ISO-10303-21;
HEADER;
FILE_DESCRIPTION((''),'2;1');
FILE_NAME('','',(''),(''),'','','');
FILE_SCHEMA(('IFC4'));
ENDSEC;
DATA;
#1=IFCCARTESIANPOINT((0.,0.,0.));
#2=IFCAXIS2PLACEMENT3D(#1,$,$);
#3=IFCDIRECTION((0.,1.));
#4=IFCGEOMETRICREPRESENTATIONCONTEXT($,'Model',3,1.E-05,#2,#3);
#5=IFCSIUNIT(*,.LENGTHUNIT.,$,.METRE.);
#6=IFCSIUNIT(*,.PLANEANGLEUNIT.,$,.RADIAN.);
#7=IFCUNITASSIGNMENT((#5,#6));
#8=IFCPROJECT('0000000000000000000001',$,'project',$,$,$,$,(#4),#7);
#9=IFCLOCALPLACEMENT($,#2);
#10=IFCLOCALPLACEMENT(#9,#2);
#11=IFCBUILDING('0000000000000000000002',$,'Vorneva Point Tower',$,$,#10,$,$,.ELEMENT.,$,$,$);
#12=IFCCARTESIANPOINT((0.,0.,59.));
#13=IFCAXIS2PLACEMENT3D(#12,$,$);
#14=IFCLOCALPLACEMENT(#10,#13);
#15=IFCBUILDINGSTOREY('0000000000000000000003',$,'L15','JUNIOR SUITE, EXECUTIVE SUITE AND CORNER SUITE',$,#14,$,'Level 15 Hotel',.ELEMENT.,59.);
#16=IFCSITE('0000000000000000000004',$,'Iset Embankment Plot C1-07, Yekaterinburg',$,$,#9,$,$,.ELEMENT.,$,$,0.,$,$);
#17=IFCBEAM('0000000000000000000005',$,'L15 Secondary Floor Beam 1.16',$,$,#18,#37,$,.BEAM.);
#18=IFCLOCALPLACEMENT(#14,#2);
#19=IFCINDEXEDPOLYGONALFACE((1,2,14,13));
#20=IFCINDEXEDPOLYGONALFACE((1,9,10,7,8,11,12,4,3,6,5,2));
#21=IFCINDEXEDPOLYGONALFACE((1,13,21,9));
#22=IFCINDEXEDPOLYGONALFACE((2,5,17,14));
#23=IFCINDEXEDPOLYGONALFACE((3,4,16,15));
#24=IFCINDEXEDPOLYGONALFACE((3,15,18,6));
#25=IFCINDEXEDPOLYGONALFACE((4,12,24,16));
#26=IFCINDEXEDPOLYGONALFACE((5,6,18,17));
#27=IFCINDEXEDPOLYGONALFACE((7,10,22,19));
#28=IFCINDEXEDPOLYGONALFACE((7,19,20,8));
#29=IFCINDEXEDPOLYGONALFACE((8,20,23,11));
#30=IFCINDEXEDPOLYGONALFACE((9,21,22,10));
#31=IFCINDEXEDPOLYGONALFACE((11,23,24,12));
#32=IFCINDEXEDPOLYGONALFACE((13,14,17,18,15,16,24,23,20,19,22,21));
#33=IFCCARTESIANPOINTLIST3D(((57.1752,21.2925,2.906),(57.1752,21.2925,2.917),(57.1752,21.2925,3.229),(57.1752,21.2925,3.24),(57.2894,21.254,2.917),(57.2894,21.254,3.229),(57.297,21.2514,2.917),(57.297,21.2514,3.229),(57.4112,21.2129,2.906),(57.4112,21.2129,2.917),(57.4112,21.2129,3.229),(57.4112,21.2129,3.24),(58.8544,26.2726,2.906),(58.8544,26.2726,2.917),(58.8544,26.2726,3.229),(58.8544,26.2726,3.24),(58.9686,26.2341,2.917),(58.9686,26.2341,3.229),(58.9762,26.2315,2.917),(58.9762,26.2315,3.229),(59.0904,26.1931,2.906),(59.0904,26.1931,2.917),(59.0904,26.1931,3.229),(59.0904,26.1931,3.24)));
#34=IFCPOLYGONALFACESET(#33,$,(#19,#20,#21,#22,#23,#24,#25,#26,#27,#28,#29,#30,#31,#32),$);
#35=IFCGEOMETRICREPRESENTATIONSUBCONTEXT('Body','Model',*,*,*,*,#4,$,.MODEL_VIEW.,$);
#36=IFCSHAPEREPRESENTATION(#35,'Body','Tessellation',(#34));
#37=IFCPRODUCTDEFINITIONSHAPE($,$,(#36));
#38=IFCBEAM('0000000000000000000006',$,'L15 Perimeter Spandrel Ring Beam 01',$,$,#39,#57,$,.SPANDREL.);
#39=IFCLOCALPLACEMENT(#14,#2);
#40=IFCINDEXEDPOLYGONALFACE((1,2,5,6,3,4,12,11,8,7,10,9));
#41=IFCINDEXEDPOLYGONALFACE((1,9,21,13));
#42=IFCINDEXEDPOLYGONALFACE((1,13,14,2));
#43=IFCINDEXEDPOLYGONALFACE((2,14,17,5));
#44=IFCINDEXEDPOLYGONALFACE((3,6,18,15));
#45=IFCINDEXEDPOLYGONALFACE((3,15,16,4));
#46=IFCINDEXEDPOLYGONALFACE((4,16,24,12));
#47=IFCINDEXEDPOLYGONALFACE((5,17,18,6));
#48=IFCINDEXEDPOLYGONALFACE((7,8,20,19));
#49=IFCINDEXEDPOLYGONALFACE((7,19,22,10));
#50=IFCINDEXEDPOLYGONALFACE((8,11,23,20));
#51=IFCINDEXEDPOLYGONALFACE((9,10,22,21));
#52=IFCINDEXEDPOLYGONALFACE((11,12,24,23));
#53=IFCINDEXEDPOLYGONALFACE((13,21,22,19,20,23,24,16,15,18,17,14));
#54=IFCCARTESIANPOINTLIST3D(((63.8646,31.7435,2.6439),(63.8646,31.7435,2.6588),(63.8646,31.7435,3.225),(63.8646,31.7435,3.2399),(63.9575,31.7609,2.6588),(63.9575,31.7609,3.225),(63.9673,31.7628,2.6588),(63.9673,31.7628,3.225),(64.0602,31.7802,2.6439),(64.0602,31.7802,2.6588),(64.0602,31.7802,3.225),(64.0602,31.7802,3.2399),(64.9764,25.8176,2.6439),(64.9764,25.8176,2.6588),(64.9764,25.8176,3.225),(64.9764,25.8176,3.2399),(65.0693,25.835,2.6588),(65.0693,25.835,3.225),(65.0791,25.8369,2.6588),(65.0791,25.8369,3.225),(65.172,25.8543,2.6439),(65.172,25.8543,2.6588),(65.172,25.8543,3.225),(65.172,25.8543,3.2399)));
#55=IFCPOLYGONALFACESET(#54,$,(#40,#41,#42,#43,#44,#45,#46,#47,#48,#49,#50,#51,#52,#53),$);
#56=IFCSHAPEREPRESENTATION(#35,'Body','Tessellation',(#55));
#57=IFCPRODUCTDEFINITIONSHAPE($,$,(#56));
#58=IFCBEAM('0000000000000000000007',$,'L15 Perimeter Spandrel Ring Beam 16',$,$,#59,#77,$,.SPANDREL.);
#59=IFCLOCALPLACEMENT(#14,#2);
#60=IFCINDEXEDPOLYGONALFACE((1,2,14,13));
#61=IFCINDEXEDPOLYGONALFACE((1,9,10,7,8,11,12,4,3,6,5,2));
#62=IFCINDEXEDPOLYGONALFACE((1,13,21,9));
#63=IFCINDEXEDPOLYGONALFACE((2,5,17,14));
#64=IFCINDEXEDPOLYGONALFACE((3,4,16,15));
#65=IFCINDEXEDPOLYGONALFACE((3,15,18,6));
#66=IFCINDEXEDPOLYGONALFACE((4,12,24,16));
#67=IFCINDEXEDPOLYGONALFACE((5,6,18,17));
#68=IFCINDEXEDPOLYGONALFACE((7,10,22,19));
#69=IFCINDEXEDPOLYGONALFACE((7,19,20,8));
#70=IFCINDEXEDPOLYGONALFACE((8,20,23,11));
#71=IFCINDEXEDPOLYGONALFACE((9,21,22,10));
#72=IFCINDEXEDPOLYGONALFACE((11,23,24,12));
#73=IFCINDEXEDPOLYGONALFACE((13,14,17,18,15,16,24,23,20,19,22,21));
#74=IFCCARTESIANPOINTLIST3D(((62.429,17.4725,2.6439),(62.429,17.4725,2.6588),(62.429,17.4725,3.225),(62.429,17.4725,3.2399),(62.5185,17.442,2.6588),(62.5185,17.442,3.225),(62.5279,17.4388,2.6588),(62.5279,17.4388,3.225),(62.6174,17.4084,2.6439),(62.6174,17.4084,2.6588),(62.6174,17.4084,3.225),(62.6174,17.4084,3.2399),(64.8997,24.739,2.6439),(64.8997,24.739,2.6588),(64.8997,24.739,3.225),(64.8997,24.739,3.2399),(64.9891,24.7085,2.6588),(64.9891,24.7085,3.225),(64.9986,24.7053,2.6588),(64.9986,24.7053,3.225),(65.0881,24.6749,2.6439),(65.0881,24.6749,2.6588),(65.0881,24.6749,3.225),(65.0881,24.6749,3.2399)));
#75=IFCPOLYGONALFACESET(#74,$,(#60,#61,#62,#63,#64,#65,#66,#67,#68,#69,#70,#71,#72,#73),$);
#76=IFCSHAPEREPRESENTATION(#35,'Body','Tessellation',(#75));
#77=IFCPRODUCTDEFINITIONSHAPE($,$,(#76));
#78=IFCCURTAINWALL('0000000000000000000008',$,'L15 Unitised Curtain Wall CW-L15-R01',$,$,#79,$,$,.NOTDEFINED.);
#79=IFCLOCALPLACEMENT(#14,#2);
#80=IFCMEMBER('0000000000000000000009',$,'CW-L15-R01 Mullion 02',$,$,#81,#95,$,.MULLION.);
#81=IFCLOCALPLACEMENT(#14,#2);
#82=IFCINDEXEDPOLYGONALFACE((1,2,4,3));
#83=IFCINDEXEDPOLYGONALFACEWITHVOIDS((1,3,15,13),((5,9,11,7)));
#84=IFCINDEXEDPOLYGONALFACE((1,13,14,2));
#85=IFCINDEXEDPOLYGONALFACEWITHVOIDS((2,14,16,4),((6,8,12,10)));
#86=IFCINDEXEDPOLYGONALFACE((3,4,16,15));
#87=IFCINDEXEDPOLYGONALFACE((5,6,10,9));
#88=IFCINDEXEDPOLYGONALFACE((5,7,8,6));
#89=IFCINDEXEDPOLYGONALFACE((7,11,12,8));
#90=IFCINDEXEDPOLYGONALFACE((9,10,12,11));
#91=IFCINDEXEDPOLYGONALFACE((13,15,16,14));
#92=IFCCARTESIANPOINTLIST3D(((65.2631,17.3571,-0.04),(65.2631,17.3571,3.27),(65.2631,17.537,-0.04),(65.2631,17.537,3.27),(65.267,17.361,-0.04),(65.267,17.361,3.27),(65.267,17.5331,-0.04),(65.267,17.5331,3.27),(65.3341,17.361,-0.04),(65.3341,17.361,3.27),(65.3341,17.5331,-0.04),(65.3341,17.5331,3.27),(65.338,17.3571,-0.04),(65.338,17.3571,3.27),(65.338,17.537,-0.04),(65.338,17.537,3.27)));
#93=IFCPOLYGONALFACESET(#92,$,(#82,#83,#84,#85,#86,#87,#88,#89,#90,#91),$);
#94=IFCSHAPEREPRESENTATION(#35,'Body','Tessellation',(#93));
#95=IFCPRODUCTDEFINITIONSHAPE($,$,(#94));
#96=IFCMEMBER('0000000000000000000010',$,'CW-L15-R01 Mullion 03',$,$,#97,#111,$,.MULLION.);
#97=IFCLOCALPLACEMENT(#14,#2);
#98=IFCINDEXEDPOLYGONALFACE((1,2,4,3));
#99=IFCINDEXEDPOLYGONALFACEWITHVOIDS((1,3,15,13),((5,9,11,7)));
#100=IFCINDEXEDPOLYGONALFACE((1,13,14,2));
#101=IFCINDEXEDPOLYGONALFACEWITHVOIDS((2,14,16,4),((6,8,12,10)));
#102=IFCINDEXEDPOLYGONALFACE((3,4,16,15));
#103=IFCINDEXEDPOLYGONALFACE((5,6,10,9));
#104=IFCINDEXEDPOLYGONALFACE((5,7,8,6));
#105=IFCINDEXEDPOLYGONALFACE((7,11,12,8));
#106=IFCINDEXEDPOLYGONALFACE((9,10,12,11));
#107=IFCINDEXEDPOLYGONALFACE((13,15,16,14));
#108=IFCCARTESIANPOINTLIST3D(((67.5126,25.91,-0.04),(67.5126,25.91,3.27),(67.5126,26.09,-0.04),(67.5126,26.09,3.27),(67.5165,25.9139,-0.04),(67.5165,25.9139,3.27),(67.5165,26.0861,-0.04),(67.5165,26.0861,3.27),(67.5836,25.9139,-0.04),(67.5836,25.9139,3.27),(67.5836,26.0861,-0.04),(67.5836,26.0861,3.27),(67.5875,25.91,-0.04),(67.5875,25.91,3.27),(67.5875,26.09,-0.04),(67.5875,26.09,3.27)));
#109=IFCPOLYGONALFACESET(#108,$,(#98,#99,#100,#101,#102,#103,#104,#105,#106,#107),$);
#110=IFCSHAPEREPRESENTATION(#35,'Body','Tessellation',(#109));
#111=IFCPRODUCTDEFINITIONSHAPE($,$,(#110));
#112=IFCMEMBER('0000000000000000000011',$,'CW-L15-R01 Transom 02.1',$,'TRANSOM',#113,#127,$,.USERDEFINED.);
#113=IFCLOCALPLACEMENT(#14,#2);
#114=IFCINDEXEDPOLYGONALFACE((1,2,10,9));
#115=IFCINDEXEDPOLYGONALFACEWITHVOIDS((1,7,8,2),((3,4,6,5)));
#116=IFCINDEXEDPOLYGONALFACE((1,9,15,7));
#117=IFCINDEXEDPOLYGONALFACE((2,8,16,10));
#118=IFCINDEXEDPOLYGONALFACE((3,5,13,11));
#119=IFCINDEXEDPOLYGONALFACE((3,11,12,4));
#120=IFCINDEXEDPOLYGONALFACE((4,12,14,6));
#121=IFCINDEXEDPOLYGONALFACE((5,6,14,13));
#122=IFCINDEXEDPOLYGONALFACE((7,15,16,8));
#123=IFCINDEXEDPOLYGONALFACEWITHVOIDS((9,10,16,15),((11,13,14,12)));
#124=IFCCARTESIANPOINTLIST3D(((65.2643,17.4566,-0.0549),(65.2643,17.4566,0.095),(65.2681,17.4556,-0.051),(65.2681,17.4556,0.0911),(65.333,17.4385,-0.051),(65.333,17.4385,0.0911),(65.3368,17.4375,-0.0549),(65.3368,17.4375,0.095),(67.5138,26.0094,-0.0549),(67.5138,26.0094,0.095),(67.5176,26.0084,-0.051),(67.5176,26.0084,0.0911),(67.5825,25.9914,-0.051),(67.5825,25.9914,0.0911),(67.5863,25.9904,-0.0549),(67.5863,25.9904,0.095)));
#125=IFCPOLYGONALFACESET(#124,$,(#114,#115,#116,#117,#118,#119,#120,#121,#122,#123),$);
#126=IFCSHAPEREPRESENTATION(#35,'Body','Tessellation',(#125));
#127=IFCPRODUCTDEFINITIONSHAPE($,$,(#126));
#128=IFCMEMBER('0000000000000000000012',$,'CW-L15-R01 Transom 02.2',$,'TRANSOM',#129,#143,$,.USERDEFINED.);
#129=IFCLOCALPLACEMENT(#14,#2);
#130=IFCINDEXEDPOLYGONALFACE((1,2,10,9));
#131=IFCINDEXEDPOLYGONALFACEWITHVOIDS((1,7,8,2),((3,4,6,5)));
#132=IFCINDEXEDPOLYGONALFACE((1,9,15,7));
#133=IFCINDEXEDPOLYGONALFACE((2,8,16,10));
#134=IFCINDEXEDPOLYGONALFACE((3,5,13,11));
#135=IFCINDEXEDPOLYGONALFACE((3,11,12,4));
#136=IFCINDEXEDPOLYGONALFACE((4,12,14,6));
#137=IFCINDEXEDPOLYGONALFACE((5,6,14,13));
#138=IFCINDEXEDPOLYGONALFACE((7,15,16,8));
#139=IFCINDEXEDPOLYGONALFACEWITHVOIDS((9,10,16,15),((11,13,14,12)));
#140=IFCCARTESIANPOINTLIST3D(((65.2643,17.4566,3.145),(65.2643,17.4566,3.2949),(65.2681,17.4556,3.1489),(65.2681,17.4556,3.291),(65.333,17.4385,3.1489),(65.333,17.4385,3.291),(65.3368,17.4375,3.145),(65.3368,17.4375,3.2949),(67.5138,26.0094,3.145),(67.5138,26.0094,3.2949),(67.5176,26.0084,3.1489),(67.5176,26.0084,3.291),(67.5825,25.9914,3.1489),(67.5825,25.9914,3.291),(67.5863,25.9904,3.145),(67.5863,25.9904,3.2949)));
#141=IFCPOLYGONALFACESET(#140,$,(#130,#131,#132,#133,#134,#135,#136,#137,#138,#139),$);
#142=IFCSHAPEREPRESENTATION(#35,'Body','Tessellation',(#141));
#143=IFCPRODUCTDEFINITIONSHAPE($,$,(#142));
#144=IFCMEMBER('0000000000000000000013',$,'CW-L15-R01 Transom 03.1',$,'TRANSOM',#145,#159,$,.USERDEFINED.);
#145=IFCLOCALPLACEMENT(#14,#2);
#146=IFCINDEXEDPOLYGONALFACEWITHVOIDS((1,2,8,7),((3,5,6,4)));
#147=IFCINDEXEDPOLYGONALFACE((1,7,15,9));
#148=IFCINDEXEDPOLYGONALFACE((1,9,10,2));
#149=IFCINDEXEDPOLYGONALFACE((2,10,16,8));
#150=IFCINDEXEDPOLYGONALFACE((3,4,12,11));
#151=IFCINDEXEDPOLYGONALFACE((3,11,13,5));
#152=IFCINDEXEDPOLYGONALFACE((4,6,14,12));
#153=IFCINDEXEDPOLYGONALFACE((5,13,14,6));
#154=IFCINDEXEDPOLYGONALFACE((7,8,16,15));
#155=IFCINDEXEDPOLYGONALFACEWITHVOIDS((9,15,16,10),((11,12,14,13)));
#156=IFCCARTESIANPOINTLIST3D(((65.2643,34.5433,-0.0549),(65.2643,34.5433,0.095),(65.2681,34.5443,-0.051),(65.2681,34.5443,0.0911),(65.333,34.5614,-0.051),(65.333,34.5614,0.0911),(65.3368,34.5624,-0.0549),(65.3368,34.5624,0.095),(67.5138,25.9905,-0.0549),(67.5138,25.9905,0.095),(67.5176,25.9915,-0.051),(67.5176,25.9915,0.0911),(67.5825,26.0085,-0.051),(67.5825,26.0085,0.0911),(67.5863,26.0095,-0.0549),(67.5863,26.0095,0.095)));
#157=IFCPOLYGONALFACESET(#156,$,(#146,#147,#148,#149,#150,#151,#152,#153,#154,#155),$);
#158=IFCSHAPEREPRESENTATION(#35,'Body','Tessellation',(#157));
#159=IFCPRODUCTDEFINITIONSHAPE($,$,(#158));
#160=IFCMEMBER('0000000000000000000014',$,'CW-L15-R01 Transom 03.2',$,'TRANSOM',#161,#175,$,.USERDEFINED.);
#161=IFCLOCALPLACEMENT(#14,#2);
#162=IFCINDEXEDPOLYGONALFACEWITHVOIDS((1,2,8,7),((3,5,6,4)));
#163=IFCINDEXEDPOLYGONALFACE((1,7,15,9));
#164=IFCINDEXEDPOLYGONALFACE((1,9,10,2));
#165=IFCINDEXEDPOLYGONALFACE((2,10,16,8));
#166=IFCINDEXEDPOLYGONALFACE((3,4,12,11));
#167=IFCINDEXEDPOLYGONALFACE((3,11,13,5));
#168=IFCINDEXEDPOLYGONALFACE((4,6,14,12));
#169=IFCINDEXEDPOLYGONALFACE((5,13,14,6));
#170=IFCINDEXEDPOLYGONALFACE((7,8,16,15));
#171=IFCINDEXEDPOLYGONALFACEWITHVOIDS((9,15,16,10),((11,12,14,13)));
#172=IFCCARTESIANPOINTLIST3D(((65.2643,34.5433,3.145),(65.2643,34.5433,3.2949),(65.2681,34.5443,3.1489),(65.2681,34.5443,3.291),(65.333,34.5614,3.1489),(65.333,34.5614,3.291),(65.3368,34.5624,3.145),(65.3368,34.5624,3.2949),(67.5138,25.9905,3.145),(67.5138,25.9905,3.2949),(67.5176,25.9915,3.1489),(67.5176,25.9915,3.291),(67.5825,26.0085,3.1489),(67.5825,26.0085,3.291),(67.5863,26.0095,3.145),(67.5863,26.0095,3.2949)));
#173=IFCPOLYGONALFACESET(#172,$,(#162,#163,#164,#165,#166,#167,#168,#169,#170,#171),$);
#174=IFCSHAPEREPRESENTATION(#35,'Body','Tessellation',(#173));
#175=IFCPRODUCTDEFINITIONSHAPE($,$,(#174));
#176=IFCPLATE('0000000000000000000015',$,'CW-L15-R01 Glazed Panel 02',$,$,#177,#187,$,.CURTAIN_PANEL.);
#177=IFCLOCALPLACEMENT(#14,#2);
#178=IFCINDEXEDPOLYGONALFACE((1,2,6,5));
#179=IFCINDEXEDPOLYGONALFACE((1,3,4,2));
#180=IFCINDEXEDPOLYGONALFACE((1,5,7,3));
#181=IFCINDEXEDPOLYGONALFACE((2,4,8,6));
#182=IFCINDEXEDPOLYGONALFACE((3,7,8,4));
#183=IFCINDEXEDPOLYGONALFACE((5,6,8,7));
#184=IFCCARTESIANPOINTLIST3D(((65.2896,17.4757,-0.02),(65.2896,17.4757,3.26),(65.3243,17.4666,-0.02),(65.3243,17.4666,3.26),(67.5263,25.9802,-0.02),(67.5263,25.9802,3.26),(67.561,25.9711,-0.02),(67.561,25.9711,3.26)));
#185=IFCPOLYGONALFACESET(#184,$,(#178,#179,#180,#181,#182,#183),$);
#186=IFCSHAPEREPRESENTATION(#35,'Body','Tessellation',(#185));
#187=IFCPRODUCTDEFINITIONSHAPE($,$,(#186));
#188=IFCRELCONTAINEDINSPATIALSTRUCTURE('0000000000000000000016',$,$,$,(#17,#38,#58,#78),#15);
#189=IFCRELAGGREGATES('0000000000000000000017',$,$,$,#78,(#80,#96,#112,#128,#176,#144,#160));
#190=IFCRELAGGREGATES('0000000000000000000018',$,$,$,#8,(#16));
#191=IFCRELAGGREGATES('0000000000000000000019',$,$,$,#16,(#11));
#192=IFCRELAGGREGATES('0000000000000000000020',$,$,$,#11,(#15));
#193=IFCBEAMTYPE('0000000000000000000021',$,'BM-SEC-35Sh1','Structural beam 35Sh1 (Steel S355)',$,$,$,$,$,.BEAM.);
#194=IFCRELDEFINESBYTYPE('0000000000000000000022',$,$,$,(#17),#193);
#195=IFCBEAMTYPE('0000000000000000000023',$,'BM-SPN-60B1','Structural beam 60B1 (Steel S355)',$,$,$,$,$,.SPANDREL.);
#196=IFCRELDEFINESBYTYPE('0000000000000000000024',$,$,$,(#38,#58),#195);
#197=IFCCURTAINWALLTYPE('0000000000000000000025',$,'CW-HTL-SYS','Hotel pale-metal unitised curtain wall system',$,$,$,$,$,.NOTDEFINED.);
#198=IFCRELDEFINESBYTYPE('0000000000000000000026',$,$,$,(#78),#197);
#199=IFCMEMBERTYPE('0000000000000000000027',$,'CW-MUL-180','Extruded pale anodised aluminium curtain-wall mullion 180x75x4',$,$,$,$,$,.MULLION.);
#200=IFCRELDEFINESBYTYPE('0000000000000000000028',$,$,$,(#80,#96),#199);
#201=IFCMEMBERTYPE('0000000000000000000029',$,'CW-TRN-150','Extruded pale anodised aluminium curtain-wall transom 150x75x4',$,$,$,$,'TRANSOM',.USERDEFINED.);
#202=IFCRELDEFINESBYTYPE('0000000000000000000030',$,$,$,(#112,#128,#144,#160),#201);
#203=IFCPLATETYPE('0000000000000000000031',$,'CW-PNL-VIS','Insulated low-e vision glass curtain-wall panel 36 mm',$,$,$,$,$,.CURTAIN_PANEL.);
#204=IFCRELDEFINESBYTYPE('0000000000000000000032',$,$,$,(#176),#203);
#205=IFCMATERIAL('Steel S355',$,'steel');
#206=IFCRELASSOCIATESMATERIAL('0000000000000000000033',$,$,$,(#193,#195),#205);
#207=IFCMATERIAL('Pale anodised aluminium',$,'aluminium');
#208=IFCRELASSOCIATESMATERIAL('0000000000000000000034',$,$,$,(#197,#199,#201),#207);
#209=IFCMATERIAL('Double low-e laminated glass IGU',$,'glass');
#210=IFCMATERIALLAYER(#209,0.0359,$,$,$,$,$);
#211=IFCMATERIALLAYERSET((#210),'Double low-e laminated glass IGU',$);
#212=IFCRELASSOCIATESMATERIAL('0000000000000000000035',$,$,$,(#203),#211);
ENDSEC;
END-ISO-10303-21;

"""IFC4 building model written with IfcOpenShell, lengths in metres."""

from ifc_helpers import new_model, si_unit, direction, frame, origin, origin_2d, place, context, subcontext, project, spatial, rectangle, hollow_rectangle, i_section, extrude, material, layer, layer_set, material_profile, profile_set, type_object, element, aggregate, save


model = new_model("IFC4")

# Units and contexts
model_context = context("Model", 3, precision=1e-05, world=origin(), true_north=direction((0.0, 1.0)))
body_context = subcontext(model_context, "Body", "Model", "MODEL_VIEW")
ifc_project = project(units=[si_unit("LENGTHUNIT", "METRE"), si_unit("PLANEANGLEUNIT", "RADIAN")], contexts=[model_context])

# Site, building, storey
site_placement = place(None, origin())
site = spatial("IfcSite", under=ifc_project, at=site_placement, Name="Iset Embankment Plot C1-07, Yekaterinburg", CompositionType="ELEMENT", RefElevation=0.0)
building_placement = place(site_placement, origin())
building = spatial("IfcBuilding", under=site, at=building_placement, Name="Vorneva Point Tower", CompositionType="ELEMENT")
storey_placement = place(building_placement, frame((0.0, 0.0, 59.0)))
storey = spatial("IfcBuildingStorey", under=building, at=storey_placement, Name="L15", Description="JUNIOR SUITE, EXECUTIVE SUITE AND CORNER SUITE", LongName="Level 15 Hotel", CompositionType="ELEMENT", Elevation=59.0)

# Beams
ifc_material_1 = material(Name="Steel S355", Category="steel")
ifc_material_profile_1 = material_profile(ifc_material_1, i_section(OverallWidth=0.249, OverallDepth=0.334, WebThickness=0.0081, FlangeThickness=0.011, at=origin_2d()), Name="35Sh1")
ifc_profile_set_1 = profile_set([ifc_material_profile_1], Name="Steel S355")
beam_type_1 = type_object("IfcBeamType", Name="BM-SEC-35Sh1", Description="Structural beam 35Sh1 (Steel S355)", PredefinedType="BEAM", material=ifc_profile_set_1)
beam_1_placement = place(storey_placement, frame((57.2932, 21.2527, 3.073), z_axis=(0.319501, 0.947586, 0.0), x_axis=(-0.947586, 0.319501, 0.0)))
element("IfcBeam", 1, at=beam_1_placement, inside=storey, type_object=beam_type_1, Name="L15 Secondary Floor Beam 1.16", PredefinedType="BEAM", context=body_context, shape_type="SweptSolid", body=[
    extrude(i_section(OverallWidth=0.249, OverallDepth=0.334, WebThickness=0.0081, FlangeThickness=0.011, at=origin_2d()), origin(), (0.0, 0.0, 1.0), 5.2556),
])
ifc_material_profile_2 = material_profile(ifc_material_1, i_section(OverallWidth=0.199, OverallDepth=0.5959, WebThickness=0.01, FlangeThickness=0.0149, at=origin_2d()), Name="60B1")
ifc_profile_set_2 = profile_set([ifc_material_profile_2], Name="Steel S355")
beam_type_2 = type_object("IfcBeamType", Name="BM-SPN-60B1", Description="Structural beam 60B1 (Steel S355)", PredefinedType="SPANDREL", material=ifc_profile_set_2)
beam_2_placement = place(storey_placement, frame((65.0742, 25.8359, 2.9419), z_axis=(-0.184406, 0.98285, 0.0), x_axis=(-0.98285, -0.184406, 0.0)))
element("IfcBeam", 2, at=beam_2_placement, inside=storey, type_object=beam_type_2, Name="L15 Perimeter Spandrel Ring Beam 01", PredefinedType="SPANDREL", context=body_context, shape_type="SweptSolid", body=[
    extrude(i_section(OverallWidth=0.199, OverallDepth=0.5959, WebThickness=0.01, FlangeThickness=0.0149, at=origin_2d()), origin(), (0.0, 0.0, 1.0), 6.0293),
])
beam_3_placement = place(storey_placement, frame((62.5232, 17.4404, 2.9419), z_axis=(0.32191, 0.94677, 0.0), x_axis=(-0.94677, 0.32191, 0.0)))
element("IfcBeam", 3, at=beam_3_placement, inside=storey, type_object=beam_type_2, Name="L15 Perimeter Spandrel Ring Beam 16", PredefinedType="SPANDREL", context=body_context, shape_type="SweptSolid", body=[
    extrude(i_section(OverallWidth=0.199, OverallDepth=0.5959, WebThickness=0.01, FlangeThickness=0.0149, at=origin_2d()), origin(), (0.0, 0.0, 1.0), 7.675),
])

# Curtain wall, members, plate
ifc_material_2 = material(Name="Pale anodised aluminium", Category="aluminium")
curtain_wall_type = type_object("IfcCurtainWallType", Name="CW-HTL-SYS", Description="Hotel pale-metal unitised curtain wall system", PredefinedType="NOTDEFINED", material=ifc_material_2)
curtain_wall_placement = place(storey_placement, origin())
curtain_wall = element("IfcCurtainWall", 4, at=curtain_wall_placement, inside=storey, type_object=curtain_wall_type, Name="L15 Unitised Curtain Wall CW-L15-R01", PredefinedType="NOTDEFINED")
ifc_material_profile_3 = material_profile(ifc_material_2, hollow_rectangle(XDim=0.075, YDim=0.1799, WallThickness=0.0039, at=origin_2d()), Name="AL-MUL 180x75x4")
ifc_profile_set_3 = profile_set([ifc_material_profile_3], Name="Pale anodised aluminium")
member_type_1 = type_object("IfcMemberType", Name="CW-MUL-180", Description="Extruded pale anodised aluminium curtain-wall mullion 180x75x4", PredefinedType="MULLION", material=ifc_profile_set_3)
member_1_placement = place(storey_placement, frame((65.3005, 17.447, -0.04), z_axis=(0.0, 0.0, 1.0), x_axis=(1.0, 0.0, 0.0)))
member_1 = element("IfcMember", 5, at=member_1_placement, type_object=member_type_1, Name="CW-L15-R01 Mullion 02", PredefinedType="MULLION", context=body_context, shape_type="SweptSolid", body=[
    extrude(hollow_rectangle(XDim=0.075, YDim=0.1799, WallThickness=0.0039, at=origin_2d()), origin(), (0.0, 0.0, 1.0), 3.3101),
])
member_2_placement = place(storey_placement, frame((67.55, 26.0, -0.04), z_axis=(0.0, 0.0, 1.0), x_axis=(1.0, 0.0, 0.0)))
member_2 = element("IfcMember", 6, at=member_2_placement, type_object=member_type_1, Name="CW-L15-R01 Mullion 03", PredefinedType="MULLION", context=body_context, shape_type="SweptSolid", body=[
    extrude(hollow_rectangle(XDim=0.075, YDim=0.1799, WallThickness=0.0039, at=origin_2d()), origin(), (0.0, 0.0, 1.0), 3.3101),
])
ifc_material_profile_4 = material_profile(ifc_material_2, hollow_rectangle(XDim=0.075, YDim=0.1499, WallThickness=0.0039, at=origin_2d()), Name="AL-TRN 150x75x4")
ifc_profile_set_4 = profile_set([ifc_material_profile_4], Name="Pale anodised aluminium")
member_type_2 = type_object("IfcMemberType", Name="CW-TRN-150", Description="Extruded pale anodised aluminium curtain-wall transom 150x75x4", ElementType="TRANSOM", PredefinedType="USERDEFINED", material=ifc_profile_set_4)
member_3_placement = place(storey_placement, frame((65.3005, 17.447, 0.02), z_axis=(0.254359, 0.96711, 0.0), x_axis=(-0.96711, 0.254359, 0.0)))
member_3 = element("IfcMember", 7, at=member_3_placement, type_object=member_type_2, Name="CW-L15-R01 Transom 02.1", ObjectType="TRANSOM", PredefinedType="USERDEFINED", context=body_context, shape_type="SweptSolid", body=[
    extrude(hollow_rectangle(XDim=0.075, YDim=0.1499, WallThickness=0.0039, at=origin_2d()), origin(), (0.0, 0.0, 1.0), 8.8438),
])
member_4_placement = place(storey_placement, frame((65.3005, 17.447, 3.22), z_axis=(0.254359, 0.96711, 0.0), x_axis=(-0.96711, 0.254359, 0.0)))
member_4 = element("IfcMember", 8, at=member_4_placement, type_object=member_type_2, Name="CW-L15-R01 Transom 02.2", ObjectType="TRANSOM", PredefinedType="USERDEFINED", context=body_context, shape_type="SweptSolid", body=[
    extrude(hollow_rectangle(XDim=0.075, YDim=0.1499, WallThickness=0.0039, at=origin_2d()), origin(), (0.0, 0.0, 1.0), 8.8438),
])
member_5_placement = place(storey_placement, frame((67.55, 26.0, 0.02), z_axis=(-0.254359, 0.96711, 0.0), x_axis=(-0.96711, -0.254359, 0.0)))
member_5 = element("IfcMember", 9, at=member_5_placement, type_object=member_type_2, Name="CW-L15-R01 Transom 03.1", ObjectType="TRANSOM", PredefinedType="USERDEFINED", context=body_context, shape_type="SweptSolid", body=[
    extrude(hollow_rectangle(XDim=0.075, YDim=0.1499, WallThickness=0.0039, at=origin_2d()), origin(), (0.0, 0.0, 1.0), 8.8438),
])
member_6_placement = place(storey_placement, frame((67.55, 26.0, 3.22), z_axis=(-0.254359, 0.96711, 0.0), x_axis=(-0.96711, -0.254359, 0.0)))
member_6 = element("IfcMember", 10, at=member_6_placement, type_object=member_type_2, Name="CW-L15-R01 Transom 03.2", ObjectType="TRANSOM", PredefinedType="USERDEFINED", context=body_context, shape_type="SweptSolid", body=[
    extrude(hollow_rectangle(XDim=0.075, YDim=0.1499, WallThickness=0.0039, at=origin_2d()), origin(), (0.0, 0.0, 1.0), 8.8438),
])
ifc_material_3 = material(Name="Double low-e laminated glass IGU", Category="glass")
ifc_layer_1 = layer(ifc_material_3, 0.0359)
ifc_layer_set_1 = layer_set([ifc_layer_1], Name="Double low-e laminated glass IGU")
plate_type = type_object("IfcPlateType", Name="CW-PNL-VIS", Description="Insulated low-e vision glass curtain-wall panel 36 mm", PredefinedType="CURTAIN_PANEL", material=ifc_layer_set_1)
plate_placement = place(storey_placement, frame((66.4253, 21.7234, -0.02), z_axis=(0.0, 0.0, 1.0), x_axis=(0.254349, 0.967113, 0.0)))
plate = element("IfcPlate", 11, at=plate_placement, type_object=plate_type, Name="CW-L15-R01 Glazed Panel 02", PredefinedType="CURTAIN_PANEL", context=body_context, shape_type="SweptSolid", body=[
    extrude(rectangle(XDim=8.7937, YDim=0.0359, at=origin_2d()), origin(), (0.0, 0.0, 1.0), 3.28),
])
aggregate(curtain_wall, [member_1, member_2, member_3, member_4, plate, member_5, member_6])

save(model, "model.ifc")
